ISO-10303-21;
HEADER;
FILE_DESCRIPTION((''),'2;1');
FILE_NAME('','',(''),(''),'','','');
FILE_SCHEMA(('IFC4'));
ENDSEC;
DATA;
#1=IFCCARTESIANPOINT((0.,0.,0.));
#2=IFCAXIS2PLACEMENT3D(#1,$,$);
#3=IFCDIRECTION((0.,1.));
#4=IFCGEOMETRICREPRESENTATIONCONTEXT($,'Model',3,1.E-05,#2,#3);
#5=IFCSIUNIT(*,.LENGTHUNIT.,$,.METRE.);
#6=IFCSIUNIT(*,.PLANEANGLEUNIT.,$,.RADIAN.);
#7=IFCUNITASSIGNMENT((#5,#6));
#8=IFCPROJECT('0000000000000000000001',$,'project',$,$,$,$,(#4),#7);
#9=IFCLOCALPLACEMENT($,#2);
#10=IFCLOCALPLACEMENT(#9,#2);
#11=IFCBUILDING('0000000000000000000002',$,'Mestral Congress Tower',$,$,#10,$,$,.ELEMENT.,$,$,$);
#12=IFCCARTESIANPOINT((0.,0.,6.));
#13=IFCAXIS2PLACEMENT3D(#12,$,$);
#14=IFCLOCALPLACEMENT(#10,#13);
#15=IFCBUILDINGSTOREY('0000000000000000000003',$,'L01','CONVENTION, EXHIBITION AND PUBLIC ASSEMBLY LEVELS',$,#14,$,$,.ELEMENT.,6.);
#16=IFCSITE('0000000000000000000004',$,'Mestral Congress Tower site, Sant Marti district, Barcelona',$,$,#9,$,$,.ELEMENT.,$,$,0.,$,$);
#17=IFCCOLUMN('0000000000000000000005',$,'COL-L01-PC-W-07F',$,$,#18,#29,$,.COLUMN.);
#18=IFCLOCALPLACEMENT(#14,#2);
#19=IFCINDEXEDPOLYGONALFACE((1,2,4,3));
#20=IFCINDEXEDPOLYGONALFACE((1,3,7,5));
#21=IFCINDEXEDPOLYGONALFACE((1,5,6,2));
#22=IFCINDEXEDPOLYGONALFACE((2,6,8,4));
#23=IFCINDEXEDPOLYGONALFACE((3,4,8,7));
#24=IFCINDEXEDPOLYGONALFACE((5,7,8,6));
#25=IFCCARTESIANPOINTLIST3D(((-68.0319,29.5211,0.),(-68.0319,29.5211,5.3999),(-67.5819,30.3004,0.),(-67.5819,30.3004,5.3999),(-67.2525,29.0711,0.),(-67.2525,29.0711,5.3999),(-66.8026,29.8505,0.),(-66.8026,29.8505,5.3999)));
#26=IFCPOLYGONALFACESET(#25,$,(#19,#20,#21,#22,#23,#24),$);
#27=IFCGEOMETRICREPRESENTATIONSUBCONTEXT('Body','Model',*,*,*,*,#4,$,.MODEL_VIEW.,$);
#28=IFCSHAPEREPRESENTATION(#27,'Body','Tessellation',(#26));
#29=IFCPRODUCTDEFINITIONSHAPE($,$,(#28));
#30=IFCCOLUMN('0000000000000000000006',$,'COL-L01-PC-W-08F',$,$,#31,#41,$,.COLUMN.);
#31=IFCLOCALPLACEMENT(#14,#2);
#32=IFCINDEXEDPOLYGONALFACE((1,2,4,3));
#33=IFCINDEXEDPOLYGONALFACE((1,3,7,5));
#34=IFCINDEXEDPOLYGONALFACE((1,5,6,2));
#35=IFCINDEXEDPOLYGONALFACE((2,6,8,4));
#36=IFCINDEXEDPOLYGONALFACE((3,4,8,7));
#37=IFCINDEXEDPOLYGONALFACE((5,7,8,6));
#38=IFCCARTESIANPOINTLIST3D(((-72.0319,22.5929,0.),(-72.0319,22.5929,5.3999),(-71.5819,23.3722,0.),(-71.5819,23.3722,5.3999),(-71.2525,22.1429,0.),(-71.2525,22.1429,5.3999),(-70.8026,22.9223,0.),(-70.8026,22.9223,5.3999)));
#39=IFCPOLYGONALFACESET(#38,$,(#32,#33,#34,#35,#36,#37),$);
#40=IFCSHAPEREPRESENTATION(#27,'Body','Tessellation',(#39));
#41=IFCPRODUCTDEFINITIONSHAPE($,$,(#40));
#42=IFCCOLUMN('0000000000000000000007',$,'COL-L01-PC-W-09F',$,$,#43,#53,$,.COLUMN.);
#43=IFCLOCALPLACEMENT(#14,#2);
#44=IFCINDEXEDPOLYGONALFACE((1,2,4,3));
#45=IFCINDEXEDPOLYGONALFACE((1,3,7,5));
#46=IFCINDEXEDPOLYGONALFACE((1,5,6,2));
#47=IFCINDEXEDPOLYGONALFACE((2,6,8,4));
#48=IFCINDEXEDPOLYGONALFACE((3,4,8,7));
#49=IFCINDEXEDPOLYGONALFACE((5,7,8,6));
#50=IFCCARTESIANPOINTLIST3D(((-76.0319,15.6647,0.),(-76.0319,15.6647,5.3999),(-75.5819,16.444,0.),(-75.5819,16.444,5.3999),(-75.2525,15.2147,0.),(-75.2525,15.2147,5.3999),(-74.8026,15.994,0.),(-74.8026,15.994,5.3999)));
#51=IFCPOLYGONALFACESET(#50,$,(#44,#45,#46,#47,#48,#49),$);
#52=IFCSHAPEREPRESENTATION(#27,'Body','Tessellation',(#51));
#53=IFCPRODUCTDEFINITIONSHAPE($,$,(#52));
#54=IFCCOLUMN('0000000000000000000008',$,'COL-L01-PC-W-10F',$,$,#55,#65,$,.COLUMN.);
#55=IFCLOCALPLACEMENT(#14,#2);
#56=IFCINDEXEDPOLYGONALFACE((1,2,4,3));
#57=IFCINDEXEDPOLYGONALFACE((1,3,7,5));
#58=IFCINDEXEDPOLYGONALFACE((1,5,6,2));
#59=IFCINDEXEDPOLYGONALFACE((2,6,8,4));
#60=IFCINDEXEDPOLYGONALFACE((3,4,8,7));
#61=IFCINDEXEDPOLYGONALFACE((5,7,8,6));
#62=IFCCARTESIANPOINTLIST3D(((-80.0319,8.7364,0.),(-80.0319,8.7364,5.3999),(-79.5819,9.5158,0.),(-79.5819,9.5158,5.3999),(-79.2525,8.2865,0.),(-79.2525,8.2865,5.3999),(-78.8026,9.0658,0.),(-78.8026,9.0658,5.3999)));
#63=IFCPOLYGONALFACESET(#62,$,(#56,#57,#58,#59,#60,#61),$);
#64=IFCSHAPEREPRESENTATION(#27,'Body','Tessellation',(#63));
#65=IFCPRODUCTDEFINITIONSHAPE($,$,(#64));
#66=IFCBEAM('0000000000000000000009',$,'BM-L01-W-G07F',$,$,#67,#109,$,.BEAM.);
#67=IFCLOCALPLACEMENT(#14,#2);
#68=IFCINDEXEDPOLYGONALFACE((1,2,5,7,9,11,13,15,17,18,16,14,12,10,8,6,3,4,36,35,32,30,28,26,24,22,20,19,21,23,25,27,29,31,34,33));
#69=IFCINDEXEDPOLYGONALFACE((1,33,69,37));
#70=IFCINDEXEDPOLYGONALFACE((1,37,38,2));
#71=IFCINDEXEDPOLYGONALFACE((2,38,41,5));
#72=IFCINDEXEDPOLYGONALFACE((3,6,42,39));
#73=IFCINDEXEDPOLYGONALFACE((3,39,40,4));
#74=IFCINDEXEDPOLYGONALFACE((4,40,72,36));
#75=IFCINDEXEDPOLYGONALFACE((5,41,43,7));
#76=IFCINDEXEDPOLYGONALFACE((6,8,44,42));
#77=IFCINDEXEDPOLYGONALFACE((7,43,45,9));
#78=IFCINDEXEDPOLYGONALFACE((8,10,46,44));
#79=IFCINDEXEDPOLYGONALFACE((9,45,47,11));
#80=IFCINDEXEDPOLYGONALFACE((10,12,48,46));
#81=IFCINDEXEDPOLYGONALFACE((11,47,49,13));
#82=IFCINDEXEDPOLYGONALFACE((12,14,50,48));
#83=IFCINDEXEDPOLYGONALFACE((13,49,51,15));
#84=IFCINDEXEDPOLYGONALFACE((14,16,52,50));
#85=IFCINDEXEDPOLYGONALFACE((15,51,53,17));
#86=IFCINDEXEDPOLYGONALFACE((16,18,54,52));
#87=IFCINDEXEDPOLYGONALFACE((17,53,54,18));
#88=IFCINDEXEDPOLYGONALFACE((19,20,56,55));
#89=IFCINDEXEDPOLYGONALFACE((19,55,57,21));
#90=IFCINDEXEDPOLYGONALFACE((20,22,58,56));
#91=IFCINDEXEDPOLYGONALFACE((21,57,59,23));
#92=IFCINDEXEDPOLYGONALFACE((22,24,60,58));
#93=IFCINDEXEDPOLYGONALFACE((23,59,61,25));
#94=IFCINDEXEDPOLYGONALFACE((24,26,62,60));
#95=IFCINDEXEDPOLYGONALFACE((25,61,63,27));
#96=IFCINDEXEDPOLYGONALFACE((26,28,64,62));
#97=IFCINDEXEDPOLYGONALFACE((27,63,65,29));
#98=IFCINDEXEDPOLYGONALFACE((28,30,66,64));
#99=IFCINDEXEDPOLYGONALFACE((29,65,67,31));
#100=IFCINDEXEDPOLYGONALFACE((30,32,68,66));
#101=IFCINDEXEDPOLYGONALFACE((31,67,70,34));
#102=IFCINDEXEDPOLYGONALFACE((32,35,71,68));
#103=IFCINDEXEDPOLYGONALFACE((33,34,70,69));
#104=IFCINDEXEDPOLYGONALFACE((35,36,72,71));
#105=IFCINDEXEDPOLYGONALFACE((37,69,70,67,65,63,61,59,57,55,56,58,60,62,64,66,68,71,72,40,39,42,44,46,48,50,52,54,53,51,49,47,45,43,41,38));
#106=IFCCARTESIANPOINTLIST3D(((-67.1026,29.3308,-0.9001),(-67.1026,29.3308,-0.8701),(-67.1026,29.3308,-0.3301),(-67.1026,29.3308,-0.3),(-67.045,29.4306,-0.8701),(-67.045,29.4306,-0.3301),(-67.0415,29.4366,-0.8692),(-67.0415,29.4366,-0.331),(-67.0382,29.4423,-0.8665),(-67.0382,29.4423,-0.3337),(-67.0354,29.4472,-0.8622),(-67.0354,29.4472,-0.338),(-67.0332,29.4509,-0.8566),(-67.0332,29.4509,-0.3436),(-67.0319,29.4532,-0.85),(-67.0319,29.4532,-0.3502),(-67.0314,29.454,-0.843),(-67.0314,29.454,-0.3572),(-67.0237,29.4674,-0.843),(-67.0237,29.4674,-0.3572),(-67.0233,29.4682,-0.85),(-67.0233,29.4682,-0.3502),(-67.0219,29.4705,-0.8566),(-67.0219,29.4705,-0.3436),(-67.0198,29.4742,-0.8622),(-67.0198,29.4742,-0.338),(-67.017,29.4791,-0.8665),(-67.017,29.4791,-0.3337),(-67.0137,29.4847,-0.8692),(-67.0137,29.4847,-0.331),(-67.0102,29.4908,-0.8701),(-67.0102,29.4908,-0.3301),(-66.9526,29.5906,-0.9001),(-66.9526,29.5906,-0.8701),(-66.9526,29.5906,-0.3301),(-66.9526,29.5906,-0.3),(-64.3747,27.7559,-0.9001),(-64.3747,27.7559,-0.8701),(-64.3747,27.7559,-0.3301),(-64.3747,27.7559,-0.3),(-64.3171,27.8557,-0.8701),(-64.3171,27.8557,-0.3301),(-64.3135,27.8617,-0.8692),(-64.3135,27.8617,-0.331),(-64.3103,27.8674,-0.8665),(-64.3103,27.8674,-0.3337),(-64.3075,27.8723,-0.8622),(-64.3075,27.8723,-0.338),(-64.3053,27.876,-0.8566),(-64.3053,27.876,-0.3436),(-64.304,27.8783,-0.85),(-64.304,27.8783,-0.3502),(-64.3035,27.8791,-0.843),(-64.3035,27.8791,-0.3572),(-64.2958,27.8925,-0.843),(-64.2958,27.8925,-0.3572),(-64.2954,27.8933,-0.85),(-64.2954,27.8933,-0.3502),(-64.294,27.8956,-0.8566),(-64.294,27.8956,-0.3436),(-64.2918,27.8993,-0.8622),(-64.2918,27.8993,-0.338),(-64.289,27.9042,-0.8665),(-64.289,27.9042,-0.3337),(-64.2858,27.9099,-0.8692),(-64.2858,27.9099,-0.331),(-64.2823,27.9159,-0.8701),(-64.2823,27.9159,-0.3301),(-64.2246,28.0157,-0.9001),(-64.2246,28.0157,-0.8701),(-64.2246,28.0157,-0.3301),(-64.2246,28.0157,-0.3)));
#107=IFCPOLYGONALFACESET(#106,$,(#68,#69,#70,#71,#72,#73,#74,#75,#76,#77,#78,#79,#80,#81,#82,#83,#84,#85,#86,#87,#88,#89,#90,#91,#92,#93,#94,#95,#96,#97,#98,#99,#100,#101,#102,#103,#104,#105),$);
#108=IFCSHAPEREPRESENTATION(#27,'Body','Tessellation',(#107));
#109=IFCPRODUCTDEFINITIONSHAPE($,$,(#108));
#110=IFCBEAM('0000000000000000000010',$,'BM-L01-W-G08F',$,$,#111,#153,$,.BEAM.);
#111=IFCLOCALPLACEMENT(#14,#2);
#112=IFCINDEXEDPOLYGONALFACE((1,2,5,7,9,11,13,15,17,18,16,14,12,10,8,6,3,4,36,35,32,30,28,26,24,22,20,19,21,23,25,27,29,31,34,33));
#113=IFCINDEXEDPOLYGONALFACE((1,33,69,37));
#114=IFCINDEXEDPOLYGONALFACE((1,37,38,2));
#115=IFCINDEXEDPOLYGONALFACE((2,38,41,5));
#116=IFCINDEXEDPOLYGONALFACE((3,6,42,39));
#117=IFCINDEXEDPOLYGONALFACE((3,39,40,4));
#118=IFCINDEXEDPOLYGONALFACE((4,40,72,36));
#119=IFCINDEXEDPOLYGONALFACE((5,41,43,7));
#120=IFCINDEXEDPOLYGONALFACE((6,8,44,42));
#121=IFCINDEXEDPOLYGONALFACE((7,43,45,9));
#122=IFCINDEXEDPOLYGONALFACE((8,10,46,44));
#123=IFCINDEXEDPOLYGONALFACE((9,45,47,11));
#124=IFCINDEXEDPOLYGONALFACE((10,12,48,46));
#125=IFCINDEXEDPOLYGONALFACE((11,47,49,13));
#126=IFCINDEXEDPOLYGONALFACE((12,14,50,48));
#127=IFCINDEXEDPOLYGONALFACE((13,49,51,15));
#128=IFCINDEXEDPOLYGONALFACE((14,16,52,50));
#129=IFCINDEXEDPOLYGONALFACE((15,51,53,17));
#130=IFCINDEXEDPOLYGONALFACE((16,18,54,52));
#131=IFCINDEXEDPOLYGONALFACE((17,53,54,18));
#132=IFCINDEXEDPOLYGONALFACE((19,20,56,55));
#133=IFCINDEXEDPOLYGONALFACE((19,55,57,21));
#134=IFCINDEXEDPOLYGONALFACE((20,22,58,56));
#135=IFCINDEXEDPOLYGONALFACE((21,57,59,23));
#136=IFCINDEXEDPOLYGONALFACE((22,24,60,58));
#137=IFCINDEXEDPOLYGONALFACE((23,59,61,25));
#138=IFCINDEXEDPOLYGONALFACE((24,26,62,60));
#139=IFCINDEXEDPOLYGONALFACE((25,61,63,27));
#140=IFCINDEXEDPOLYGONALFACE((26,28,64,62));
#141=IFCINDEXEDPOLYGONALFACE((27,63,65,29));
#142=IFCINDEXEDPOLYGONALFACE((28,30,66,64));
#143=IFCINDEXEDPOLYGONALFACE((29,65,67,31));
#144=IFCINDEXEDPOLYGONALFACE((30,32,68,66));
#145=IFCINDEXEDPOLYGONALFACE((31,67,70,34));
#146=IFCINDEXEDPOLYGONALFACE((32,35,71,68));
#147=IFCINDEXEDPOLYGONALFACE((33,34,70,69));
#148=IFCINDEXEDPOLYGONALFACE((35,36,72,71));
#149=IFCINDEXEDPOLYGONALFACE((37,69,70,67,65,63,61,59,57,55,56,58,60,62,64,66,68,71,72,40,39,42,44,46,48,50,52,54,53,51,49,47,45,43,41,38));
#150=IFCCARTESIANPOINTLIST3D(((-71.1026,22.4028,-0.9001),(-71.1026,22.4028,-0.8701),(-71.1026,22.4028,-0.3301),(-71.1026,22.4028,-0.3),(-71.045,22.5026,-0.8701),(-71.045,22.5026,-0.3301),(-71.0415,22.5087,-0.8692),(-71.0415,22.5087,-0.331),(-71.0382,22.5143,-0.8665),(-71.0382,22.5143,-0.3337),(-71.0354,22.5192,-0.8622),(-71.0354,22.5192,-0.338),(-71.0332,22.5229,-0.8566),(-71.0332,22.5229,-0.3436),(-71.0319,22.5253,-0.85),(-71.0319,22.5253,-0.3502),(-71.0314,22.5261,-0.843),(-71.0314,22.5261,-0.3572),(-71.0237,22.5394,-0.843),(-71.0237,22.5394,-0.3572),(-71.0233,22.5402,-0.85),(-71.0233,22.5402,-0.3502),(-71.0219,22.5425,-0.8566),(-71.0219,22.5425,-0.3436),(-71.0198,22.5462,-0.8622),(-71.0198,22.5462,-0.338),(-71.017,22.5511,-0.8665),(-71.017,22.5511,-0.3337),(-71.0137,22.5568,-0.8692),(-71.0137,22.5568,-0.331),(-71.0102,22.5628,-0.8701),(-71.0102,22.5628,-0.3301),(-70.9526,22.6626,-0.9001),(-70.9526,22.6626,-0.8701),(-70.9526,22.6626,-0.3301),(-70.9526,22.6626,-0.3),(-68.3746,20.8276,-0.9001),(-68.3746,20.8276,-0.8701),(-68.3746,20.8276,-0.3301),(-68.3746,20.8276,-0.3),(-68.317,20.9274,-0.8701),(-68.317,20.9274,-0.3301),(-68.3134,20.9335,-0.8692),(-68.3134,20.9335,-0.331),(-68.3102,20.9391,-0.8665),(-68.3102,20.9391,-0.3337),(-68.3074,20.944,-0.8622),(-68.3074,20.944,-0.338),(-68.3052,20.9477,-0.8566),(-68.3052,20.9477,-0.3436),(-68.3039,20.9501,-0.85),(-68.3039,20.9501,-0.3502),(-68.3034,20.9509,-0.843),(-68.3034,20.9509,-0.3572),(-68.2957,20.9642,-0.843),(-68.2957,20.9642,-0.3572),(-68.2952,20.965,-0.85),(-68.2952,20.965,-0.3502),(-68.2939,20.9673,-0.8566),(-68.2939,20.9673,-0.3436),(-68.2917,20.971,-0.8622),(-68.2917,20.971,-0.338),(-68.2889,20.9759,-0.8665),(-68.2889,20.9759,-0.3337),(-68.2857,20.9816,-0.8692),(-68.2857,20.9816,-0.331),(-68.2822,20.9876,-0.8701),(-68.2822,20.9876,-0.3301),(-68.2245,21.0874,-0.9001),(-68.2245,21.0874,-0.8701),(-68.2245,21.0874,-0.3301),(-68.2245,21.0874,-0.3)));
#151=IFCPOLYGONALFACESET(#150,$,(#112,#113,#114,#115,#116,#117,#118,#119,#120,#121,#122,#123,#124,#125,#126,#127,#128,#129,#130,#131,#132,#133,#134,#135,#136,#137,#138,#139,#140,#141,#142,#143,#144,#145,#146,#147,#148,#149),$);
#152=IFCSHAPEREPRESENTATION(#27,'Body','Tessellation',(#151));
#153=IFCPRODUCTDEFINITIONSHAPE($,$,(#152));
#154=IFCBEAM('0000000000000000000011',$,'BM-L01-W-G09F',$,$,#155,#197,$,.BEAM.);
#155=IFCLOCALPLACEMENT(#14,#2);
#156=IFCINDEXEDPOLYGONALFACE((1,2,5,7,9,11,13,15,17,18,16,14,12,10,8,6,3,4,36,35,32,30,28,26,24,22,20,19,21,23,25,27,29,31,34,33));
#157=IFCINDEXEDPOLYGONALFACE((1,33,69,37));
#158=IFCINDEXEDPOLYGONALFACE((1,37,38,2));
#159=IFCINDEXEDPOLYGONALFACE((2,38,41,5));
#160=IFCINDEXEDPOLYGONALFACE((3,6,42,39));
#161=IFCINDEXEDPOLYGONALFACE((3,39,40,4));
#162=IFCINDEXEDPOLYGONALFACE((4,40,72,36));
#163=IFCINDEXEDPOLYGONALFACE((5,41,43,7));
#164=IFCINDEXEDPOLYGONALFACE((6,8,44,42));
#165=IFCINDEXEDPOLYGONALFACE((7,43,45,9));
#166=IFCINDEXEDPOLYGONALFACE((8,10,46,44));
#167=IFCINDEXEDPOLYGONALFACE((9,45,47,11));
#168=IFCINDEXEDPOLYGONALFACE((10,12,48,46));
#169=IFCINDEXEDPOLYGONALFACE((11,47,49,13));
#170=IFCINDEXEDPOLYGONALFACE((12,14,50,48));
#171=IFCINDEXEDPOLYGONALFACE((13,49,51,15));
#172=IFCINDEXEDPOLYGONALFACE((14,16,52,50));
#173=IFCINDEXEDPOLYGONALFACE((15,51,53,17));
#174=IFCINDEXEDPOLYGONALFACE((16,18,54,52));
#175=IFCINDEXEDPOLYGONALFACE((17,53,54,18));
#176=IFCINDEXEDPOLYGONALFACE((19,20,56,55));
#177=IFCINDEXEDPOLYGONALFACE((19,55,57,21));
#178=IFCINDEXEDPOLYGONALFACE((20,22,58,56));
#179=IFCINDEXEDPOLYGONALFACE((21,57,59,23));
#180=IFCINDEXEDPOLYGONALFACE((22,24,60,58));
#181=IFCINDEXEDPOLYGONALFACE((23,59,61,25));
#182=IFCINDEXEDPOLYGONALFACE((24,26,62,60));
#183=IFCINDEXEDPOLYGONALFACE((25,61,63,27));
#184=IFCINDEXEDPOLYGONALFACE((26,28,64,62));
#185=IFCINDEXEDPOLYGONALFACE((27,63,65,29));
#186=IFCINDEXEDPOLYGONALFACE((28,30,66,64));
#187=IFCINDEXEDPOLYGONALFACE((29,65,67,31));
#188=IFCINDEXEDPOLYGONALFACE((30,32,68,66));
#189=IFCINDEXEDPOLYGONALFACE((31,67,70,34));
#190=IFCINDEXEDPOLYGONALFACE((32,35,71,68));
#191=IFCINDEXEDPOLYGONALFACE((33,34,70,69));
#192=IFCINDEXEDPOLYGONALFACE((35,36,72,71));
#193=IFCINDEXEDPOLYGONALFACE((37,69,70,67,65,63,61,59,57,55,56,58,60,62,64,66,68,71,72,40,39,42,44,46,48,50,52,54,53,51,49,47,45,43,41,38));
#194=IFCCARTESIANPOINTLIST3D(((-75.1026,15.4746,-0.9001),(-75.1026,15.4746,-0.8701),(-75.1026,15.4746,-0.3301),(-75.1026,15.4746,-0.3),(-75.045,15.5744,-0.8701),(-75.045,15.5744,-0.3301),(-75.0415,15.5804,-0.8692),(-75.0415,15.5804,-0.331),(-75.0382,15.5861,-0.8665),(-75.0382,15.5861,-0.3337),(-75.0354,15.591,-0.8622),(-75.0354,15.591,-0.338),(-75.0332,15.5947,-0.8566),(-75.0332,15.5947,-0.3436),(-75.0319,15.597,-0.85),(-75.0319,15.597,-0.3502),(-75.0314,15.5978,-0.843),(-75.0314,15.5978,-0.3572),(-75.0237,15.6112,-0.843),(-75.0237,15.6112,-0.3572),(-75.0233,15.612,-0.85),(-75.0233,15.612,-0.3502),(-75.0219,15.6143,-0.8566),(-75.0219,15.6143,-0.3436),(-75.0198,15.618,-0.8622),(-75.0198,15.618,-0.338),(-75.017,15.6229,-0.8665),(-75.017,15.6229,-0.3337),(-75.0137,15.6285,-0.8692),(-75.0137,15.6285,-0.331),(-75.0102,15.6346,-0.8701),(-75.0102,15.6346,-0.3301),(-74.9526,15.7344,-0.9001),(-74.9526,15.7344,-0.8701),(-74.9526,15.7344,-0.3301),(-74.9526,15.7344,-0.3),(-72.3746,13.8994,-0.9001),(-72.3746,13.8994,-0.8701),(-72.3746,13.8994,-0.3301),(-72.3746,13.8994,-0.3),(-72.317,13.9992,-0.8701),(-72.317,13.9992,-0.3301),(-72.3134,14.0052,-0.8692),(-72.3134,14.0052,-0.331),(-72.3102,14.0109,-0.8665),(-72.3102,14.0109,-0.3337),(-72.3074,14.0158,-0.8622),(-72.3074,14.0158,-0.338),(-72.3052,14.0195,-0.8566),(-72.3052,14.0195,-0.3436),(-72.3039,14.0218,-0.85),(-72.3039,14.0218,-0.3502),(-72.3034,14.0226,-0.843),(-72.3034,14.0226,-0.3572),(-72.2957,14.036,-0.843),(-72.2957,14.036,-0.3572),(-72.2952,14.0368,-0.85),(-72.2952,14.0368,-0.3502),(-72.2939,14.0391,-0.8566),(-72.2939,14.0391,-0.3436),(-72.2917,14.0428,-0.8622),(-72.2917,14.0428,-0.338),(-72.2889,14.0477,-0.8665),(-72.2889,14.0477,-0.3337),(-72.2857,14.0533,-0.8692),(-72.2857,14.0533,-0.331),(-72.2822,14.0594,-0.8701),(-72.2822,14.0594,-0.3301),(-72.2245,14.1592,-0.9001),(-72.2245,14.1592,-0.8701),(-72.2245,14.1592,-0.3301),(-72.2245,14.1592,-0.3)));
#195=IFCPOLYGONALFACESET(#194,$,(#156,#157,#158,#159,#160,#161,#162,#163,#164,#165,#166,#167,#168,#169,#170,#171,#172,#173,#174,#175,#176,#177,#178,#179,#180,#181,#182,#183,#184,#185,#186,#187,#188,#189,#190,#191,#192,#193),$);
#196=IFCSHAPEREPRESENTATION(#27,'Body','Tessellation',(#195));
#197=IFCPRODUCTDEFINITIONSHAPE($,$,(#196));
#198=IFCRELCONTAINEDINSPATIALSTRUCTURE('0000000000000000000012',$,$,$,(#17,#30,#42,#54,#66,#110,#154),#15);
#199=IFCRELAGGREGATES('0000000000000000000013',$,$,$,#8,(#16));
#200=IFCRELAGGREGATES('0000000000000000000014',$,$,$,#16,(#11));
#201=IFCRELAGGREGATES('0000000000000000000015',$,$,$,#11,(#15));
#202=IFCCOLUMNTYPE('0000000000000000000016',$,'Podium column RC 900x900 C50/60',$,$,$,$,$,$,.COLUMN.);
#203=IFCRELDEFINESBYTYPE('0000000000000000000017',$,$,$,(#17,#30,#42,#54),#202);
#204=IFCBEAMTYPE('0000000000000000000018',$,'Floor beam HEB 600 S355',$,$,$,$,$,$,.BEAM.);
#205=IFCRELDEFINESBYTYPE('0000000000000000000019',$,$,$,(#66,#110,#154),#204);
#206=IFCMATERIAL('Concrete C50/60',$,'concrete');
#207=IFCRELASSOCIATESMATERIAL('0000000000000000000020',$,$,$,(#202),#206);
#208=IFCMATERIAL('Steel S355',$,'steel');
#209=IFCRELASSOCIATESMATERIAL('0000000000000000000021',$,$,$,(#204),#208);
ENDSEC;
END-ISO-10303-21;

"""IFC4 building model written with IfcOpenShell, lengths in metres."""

from ifc_helpers import new_model, si_unit, direction, frame, origin, origin_2d, place, context, subcontext, project, spatial, rectangle, i_section, extrude, material, material_profile, profile_set, type_object, element, save


model = new_model("IFC4")

# Units and contexts
model_context = context("Model", 3, precision=1e-05, world=origin(), true_north=direction((0.0, 1.0)))
body_context = subcontext(model_context, "Body", "Model", "MODEL_VIEW")
ifc_project = project(units=[si_unit("LENGTHUNIT", "METRE"), si_unit("PLANEANGLEUNIT", "RADIAN")], contexts=[model_context])

# Site, building, storey
site_placement = place(None, origin())
site = spatial("IfcSite", under=ifc_project, at=site_placement, Name="Mestral Congress Tower site, Sant Marti district, Barcelona", CompositionType="ELEMENT", RefElevation=0.0)
building_placement = place(site_placement, origin())
building = spatial("IfcBuilding", under=site, at=building_placement, Name="Mestral Congress Tower", CompositionType="ELEMENT")
storey_placement = place(building_placement, frame((0.0, 0.0, 6.0)))
storey = spatial("IfcBuildingStorey", under=building, at=storey_placement, Name="L01", Description="CONVENTION, EXHIBITION AND PUBLIC ASSEMBLY LEVELS", CompositionType="ELEMENT", Elevation=6.0)

# Columns
ifc_material_1 = material(Name="Concrete C50/60", Category="concrete")
ifc_material_profile_1 = material_profile(ifc_material_1, rectangle(XDim=0.8999, YDim=0.8999, at=origin_2d()), Name="RC 900x900")
ifc_profile_set_1 = profile_set([ifc_material_profile_1], Name="Concrete C50/60")
column_type = type_object("IfcColumnType", Name="Podium column RC 900x900 C50/60", PredefinedType="COLUMN", material=ifc_profile_set_1)
for number, where, z_axis, x_axis, name in (
    (1, (-67.4172, 29.6858, 0.0), (0.0, 0.0, 1.0), (-0.5, -0.866025, 0.0), "COL-L01-PC-W-07F"),
    (2, (-71.4172, 22.7576, 0.0), (0.0, 0.0, 1.0), (-0.5, -0.866025, 0.0), "COL-L01-PC-W-08F"),
    (3, (-75.4172, 15.8293, 0.0), (0.0, 0.0, 1.0), (-0.5, -0.866025, 0.0), "COL-L01-PC-W-09F"),
    (4, (-79.4172, 8.9011, 0.0), (0.0, 0.0, 1.0), (-0.5, -0.866025, 0.0), "COL-L01-PC-W-10F"),
):
    element("IfcColumn", number, at=place(storey_placement, frame(where, z_axis=z_axis, x_axis=x_axis)), inside=storey, type_object=column_type, Name=name, PredefinedType="COLUMN", context=body_context, shape_type="SweptSolid", body=[
        extrude(rectangle(XDim=0.8999, YDim=0.8999, at=origin_2d()), origin(), (0.0, 0.0, 1.0), 5.3999),
    ])

# Beams
ifc_material_2 = material(Name="Steel S355", Category="steel")
ifc_material_profile_2 = material_profile(ifc_material_2, i_section(OverallWidth=0.3, OverallDepth=0.6001, WebThickness=0.0154, FlangeThickness=0.03, FilletRadius=0.0271, at=origin_2d()), Name="HEB 600")
ifc_profile_set_2 = profile_set([ifc_material_profile_2], Name="Steel S355")
beam_type_1 = type_object("IfcBeamType", Name="Floor beam HEB 600 S355", PredefinedType="BEAM", material=ifc_profile_set_2)
beam_1_placement = place(storey_placement, frame((-67.0276, 29.4607, -0.6001), z_axis=(0.866036, -0.499982, 0.0), x_axis=(0.499982, 0.866036, 0.0)))
element("IfcBeam", 5, at=beam_1_placement, inside=storey, type_object=beam_type_1, Name="BM-L01-W-G07F", PredefinedType="BEAM", context=body_context, shape_type="SweptSolid", body=[
    extrude(i_section(OverallWidth=0.3, OverallDepth=0.6001, WebThickness=0.0154, FlangeThickness=0.03, FilletRadius=0.0271, at=origin_2d()), origin(), (0.0, 0.0, 1.0), 3.1499),
])
for number, where, z_axis, x_axis, name in (
    (6, (-71.0276, 22.5327, -0.6001), (0.866002, -0.50004, 0.0), (0.50004, 0.866002, 0.0), "BM-L01-W-G08F"),
    (7, (-75.0276, 15.6045, -0.6001), (0.866002, -0.50004, 0.0), (0.50004, 0.866002, 0.0), "BM-L01-W-G09F"),
):
    element("IfcBeam", number, at=place(storey_placement, frame(where, z_axis=z_axis, x_axis=x_axis)), inside=storey, type_object=beam_type_1, Name=name, PredefinedType="BEAM", context=body_context, shape_type="SweptSolid", body=[
        extrude(i_section(OverallWidth=0.3, OverallDepth=0.6001, WebThickness=0.0154, FlangeThickness=0.03, FilletRadius=0.0271, at=origin_2d()), origin(), (0.0, 0.0, 1.0), 3.1501),
    ])

save(model, "model.ifc")
